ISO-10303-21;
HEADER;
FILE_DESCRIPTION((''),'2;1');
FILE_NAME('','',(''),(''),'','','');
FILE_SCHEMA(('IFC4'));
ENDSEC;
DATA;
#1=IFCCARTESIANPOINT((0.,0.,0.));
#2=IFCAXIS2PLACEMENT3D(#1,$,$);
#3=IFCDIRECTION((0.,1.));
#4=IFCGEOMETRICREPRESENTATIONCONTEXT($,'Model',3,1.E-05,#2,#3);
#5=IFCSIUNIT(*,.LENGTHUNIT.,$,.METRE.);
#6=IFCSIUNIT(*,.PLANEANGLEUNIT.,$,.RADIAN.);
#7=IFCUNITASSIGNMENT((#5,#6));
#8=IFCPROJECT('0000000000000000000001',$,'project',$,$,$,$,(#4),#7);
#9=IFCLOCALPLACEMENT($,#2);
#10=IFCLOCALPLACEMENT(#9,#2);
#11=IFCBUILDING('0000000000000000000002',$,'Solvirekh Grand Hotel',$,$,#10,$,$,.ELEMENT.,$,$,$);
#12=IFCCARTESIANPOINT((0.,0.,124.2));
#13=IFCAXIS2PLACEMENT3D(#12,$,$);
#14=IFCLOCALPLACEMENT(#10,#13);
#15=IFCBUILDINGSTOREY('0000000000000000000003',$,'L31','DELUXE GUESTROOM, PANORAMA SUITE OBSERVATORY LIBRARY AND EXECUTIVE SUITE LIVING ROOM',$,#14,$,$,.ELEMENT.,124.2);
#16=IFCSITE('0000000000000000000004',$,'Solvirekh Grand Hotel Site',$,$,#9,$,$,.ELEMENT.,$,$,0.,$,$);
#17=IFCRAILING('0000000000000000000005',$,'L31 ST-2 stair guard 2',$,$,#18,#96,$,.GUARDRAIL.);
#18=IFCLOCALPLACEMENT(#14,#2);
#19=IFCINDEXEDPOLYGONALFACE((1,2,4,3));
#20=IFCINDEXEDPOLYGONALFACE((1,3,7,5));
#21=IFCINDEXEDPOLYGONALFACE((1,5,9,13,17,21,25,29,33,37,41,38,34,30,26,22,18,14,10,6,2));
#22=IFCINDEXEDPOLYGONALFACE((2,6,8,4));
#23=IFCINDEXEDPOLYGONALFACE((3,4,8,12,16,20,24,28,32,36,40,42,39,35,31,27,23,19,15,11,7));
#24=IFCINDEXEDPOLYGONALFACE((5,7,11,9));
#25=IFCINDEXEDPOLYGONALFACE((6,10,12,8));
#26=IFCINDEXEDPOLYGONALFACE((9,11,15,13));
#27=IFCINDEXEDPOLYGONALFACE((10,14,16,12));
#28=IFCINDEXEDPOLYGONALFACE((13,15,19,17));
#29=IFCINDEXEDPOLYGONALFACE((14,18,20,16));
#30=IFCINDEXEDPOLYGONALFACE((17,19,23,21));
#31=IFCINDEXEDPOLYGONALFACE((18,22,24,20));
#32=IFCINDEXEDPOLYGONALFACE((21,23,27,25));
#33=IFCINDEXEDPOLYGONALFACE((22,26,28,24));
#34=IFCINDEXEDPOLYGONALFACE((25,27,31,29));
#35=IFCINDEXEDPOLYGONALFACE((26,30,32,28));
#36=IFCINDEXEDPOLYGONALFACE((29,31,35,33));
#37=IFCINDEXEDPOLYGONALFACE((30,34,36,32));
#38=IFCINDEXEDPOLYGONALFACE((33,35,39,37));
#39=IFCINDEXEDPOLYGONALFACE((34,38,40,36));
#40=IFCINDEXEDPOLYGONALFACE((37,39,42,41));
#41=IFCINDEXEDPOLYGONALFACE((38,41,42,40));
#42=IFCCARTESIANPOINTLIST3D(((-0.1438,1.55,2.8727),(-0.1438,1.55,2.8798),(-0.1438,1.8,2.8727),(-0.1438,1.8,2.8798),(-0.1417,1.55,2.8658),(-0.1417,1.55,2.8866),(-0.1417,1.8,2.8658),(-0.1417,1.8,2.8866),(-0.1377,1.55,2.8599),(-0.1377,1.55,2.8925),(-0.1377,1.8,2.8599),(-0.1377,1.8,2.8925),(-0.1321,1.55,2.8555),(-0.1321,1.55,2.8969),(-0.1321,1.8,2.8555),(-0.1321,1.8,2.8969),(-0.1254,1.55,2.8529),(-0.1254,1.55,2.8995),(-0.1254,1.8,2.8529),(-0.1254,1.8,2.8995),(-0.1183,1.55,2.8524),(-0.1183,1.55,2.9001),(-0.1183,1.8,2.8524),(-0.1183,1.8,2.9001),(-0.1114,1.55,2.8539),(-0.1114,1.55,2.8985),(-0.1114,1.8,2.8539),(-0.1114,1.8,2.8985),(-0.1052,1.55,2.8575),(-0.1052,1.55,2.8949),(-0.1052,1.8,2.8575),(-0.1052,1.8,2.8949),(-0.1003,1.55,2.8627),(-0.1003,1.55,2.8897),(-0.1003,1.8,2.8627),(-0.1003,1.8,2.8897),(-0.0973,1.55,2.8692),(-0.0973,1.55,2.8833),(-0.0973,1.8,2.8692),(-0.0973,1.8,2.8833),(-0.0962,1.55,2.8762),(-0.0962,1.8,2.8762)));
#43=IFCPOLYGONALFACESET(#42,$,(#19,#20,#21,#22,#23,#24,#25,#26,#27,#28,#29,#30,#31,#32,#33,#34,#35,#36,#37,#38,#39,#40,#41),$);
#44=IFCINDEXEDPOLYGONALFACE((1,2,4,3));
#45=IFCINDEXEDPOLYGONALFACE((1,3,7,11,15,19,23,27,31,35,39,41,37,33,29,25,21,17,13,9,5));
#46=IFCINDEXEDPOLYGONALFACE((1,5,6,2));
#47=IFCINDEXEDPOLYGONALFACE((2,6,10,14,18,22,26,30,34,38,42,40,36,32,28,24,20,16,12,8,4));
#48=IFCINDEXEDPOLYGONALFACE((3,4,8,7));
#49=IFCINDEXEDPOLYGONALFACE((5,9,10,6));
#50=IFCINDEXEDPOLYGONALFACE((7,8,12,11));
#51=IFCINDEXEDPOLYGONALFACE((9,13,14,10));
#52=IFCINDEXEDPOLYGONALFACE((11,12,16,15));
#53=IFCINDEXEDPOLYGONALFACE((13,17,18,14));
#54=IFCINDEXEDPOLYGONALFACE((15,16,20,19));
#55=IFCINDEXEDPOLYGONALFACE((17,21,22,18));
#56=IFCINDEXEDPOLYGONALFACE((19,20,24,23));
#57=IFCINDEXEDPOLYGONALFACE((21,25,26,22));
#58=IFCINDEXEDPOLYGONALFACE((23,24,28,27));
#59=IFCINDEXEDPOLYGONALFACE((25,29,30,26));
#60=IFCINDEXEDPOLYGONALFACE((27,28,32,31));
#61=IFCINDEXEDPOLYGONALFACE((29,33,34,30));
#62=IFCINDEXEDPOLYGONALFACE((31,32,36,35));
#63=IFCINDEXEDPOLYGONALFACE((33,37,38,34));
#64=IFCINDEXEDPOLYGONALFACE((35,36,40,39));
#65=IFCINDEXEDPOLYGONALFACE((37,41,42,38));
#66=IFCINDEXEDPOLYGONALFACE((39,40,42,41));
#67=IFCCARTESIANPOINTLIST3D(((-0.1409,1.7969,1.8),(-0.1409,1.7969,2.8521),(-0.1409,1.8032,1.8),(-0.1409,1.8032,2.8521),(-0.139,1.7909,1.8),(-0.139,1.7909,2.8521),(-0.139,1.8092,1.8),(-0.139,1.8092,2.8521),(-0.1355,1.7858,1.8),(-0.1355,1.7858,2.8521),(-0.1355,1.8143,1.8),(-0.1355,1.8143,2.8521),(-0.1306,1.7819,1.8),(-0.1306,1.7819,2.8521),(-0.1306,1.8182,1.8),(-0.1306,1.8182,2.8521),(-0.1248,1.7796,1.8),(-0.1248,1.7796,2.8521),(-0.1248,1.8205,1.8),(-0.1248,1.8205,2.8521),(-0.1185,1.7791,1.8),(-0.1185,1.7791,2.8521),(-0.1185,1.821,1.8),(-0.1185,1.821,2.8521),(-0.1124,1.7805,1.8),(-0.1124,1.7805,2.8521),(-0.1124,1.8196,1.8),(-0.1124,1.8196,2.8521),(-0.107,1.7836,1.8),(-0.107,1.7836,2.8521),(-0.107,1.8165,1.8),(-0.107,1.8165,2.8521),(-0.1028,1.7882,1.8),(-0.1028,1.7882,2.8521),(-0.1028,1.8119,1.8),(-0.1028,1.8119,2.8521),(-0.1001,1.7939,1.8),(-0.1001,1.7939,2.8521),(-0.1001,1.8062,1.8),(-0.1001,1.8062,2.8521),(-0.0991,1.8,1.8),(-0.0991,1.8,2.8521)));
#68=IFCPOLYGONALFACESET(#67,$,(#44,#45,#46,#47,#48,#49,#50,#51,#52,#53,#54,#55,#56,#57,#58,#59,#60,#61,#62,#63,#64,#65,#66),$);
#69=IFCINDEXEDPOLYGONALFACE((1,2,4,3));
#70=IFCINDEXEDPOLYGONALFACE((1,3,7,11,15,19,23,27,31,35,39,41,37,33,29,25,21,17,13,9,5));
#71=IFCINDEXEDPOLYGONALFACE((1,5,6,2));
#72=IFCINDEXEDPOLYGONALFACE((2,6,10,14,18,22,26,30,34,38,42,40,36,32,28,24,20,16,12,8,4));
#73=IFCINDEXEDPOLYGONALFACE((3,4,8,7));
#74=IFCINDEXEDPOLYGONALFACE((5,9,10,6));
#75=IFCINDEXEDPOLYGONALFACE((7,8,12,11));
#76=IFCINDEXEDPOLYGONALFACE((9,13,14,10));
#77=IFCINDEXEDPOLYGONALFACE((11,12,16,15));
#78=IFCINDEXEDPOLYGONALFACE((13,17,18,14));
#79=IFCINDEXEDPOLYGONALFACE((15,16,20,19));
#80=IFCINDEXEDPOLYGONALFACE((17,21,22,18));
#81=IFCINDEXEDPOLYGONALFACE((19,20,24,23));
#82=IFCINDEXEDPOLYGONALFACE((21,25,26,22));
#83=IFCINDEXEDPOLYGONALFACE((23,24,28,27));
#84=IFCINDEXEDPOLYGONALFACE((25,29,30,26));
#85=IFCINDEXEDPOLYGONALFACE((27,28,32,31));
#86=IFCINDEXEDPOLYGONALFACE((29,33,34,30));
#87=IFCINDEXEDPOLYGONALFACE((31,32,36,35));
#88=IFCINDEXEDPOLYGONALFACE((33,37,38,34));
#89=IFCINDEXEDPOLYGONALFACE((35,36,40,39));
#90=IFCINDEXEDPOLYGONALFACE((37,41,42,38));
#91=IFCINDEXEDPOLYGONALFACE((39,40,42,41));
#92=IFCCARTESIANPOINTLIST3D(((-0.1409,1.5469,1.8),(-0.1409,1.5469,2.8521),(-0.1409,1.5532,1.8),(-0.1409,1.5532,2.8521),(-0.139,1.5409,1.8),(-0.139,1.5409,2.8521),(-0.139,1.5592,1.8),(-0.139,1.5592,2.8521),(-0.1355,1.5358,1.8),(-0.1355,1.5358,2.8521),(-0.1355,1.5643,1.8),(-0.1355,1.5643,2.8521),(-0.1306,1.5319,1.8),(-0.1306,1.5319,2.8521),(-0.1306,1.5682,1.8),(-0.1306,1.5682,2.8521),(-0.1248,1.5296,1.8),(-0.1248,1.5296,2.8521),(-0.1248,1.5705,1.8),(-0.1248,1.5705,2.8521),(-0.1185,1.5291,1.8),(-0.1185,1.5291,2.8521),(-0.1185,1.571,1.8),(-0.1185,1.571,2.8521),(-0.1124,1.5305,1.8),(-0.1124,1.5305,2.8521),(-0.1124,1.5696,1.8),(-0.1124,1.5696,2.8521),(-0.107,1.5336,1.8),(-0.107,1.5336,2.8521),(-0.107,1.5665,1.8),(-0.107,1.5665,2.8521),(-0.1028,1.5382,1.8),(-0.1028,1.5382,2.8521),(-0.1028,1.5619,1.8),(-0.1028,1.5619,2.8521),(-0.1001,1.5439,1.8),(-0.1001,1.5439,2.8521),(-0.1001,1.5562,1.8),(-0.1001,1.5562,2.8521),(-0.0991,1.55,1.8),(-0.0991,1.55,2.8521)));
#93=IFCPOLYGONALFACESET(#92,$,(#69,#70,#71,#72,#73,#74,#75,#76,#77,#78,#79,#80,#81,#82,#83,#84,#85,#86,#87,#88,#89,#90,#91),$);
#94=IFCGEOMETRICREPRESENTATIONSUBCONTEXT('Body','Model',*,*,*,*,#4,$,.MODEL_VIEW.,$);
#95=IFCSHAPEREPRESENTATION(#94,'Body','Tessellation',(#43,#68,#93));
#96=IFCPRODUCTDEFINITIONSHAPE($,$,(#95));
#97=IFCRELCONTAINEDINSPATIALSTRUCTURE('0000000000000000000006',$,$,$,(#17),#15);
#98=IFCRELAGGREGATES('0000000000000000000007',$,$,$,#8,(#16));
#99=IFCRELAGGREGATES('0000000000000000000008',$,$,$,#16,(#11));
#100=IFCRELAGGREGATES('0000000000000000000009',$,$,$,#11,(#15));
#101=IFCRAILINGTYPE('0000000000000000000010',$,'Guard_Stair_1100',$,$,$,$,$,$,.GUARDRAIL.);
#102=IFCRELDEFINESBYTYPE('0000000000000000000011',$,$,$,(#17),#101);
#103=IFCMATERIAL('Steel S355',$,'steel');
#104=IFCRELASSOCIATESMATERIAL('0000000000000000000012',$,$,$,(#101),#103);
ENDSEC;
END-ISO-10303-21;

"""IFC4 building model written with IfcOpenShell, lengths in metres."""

from ifc_helpers import new_model, si_unit, direction, frame, origin, origin_2d, place, context, subcontext, project, spatial, circle, extrude, material, type_object, element, save


model = new_model("IFC4")

# Units and contexts
model_context = context("Model", 3, precision=1e-05, world=origin(), true_north=direction((0.0, 1.0)))
body_context = subcontext(model_context, "Body", "Model", "MODEL_VIEW")
ifc_project = project(units=[si_unit("LENGTHUNIT", "METRE"), si_unit("PLANEANGLEUNIT", "RADIAN")], contexts=[model_context])

# Site, building, storey
site_placement = place(None, origin())
site = spatial("IfcSite", under=ifc_project, at=site_placement, Name="Solvirekh Grand Hotel Site", CompositionType="ELEMENT", RefElevation=0.0)
building_placement = place(site_placement, origin())
building = spatial("IfcBuilding", under=site, at=building_placement, Name="Solvirekh Grand Hotel", CompositionType="ELEMENT")
storey_placement = place(building_placement, frame((0.0, 0.0, 124.2)))
storey = spatial("IfcBuildingStorey", under=building, at=storey_placement, Name="L31", Description="DELUXE GUESTROOM, PANORAMA SUITE OBSERVATORY LIBRARY AND EXECUTIVE SUITE LIVING ROOM", CompositionType="ELEMENT", Elevation=124.2)

# Shared definitions
ifc_material_1 = material(Name="Steel S355", Category="steel")

# Railing
railing_type = type_object("IfcRailingType", Name="Guard_Stair_1100", PredefinedType="GUARDRAIL", material=ifc_material_1)
railing_1_placement = place(storey_placement, frame((-0.1201, 1.8, 1.8)))
element("IfcRailing", 1, at=railing_1_placement, inside=storey, type_object=railing_type, Name="L31 ST-2 stair guard 2", PredefinedType="GUARDRAIL", context=body_context, shape_type="SweptSolid", body=[
    extrude(circle(Radius=0.0239, at=origin_2d()), frame((0.0, 0.0, 1.0762), z_axis=(0.0, -1.0, 0.0), x_axis=(1.0, 0.0, 0.0)), (0.0, 0.0, 1.0), 0.25),
    extrude(circle(Radius=0.021, at=origin_2d()), origin(), (0.0, 0.0, 1.0), 1.052),
    extrude(circle(Radius=0.021, at=origin_2d()), frame((0.0, -0.25, 0.0)), (0.0, 0.0, 1.0), 1.052),
])

save(model, "model.ifc")
